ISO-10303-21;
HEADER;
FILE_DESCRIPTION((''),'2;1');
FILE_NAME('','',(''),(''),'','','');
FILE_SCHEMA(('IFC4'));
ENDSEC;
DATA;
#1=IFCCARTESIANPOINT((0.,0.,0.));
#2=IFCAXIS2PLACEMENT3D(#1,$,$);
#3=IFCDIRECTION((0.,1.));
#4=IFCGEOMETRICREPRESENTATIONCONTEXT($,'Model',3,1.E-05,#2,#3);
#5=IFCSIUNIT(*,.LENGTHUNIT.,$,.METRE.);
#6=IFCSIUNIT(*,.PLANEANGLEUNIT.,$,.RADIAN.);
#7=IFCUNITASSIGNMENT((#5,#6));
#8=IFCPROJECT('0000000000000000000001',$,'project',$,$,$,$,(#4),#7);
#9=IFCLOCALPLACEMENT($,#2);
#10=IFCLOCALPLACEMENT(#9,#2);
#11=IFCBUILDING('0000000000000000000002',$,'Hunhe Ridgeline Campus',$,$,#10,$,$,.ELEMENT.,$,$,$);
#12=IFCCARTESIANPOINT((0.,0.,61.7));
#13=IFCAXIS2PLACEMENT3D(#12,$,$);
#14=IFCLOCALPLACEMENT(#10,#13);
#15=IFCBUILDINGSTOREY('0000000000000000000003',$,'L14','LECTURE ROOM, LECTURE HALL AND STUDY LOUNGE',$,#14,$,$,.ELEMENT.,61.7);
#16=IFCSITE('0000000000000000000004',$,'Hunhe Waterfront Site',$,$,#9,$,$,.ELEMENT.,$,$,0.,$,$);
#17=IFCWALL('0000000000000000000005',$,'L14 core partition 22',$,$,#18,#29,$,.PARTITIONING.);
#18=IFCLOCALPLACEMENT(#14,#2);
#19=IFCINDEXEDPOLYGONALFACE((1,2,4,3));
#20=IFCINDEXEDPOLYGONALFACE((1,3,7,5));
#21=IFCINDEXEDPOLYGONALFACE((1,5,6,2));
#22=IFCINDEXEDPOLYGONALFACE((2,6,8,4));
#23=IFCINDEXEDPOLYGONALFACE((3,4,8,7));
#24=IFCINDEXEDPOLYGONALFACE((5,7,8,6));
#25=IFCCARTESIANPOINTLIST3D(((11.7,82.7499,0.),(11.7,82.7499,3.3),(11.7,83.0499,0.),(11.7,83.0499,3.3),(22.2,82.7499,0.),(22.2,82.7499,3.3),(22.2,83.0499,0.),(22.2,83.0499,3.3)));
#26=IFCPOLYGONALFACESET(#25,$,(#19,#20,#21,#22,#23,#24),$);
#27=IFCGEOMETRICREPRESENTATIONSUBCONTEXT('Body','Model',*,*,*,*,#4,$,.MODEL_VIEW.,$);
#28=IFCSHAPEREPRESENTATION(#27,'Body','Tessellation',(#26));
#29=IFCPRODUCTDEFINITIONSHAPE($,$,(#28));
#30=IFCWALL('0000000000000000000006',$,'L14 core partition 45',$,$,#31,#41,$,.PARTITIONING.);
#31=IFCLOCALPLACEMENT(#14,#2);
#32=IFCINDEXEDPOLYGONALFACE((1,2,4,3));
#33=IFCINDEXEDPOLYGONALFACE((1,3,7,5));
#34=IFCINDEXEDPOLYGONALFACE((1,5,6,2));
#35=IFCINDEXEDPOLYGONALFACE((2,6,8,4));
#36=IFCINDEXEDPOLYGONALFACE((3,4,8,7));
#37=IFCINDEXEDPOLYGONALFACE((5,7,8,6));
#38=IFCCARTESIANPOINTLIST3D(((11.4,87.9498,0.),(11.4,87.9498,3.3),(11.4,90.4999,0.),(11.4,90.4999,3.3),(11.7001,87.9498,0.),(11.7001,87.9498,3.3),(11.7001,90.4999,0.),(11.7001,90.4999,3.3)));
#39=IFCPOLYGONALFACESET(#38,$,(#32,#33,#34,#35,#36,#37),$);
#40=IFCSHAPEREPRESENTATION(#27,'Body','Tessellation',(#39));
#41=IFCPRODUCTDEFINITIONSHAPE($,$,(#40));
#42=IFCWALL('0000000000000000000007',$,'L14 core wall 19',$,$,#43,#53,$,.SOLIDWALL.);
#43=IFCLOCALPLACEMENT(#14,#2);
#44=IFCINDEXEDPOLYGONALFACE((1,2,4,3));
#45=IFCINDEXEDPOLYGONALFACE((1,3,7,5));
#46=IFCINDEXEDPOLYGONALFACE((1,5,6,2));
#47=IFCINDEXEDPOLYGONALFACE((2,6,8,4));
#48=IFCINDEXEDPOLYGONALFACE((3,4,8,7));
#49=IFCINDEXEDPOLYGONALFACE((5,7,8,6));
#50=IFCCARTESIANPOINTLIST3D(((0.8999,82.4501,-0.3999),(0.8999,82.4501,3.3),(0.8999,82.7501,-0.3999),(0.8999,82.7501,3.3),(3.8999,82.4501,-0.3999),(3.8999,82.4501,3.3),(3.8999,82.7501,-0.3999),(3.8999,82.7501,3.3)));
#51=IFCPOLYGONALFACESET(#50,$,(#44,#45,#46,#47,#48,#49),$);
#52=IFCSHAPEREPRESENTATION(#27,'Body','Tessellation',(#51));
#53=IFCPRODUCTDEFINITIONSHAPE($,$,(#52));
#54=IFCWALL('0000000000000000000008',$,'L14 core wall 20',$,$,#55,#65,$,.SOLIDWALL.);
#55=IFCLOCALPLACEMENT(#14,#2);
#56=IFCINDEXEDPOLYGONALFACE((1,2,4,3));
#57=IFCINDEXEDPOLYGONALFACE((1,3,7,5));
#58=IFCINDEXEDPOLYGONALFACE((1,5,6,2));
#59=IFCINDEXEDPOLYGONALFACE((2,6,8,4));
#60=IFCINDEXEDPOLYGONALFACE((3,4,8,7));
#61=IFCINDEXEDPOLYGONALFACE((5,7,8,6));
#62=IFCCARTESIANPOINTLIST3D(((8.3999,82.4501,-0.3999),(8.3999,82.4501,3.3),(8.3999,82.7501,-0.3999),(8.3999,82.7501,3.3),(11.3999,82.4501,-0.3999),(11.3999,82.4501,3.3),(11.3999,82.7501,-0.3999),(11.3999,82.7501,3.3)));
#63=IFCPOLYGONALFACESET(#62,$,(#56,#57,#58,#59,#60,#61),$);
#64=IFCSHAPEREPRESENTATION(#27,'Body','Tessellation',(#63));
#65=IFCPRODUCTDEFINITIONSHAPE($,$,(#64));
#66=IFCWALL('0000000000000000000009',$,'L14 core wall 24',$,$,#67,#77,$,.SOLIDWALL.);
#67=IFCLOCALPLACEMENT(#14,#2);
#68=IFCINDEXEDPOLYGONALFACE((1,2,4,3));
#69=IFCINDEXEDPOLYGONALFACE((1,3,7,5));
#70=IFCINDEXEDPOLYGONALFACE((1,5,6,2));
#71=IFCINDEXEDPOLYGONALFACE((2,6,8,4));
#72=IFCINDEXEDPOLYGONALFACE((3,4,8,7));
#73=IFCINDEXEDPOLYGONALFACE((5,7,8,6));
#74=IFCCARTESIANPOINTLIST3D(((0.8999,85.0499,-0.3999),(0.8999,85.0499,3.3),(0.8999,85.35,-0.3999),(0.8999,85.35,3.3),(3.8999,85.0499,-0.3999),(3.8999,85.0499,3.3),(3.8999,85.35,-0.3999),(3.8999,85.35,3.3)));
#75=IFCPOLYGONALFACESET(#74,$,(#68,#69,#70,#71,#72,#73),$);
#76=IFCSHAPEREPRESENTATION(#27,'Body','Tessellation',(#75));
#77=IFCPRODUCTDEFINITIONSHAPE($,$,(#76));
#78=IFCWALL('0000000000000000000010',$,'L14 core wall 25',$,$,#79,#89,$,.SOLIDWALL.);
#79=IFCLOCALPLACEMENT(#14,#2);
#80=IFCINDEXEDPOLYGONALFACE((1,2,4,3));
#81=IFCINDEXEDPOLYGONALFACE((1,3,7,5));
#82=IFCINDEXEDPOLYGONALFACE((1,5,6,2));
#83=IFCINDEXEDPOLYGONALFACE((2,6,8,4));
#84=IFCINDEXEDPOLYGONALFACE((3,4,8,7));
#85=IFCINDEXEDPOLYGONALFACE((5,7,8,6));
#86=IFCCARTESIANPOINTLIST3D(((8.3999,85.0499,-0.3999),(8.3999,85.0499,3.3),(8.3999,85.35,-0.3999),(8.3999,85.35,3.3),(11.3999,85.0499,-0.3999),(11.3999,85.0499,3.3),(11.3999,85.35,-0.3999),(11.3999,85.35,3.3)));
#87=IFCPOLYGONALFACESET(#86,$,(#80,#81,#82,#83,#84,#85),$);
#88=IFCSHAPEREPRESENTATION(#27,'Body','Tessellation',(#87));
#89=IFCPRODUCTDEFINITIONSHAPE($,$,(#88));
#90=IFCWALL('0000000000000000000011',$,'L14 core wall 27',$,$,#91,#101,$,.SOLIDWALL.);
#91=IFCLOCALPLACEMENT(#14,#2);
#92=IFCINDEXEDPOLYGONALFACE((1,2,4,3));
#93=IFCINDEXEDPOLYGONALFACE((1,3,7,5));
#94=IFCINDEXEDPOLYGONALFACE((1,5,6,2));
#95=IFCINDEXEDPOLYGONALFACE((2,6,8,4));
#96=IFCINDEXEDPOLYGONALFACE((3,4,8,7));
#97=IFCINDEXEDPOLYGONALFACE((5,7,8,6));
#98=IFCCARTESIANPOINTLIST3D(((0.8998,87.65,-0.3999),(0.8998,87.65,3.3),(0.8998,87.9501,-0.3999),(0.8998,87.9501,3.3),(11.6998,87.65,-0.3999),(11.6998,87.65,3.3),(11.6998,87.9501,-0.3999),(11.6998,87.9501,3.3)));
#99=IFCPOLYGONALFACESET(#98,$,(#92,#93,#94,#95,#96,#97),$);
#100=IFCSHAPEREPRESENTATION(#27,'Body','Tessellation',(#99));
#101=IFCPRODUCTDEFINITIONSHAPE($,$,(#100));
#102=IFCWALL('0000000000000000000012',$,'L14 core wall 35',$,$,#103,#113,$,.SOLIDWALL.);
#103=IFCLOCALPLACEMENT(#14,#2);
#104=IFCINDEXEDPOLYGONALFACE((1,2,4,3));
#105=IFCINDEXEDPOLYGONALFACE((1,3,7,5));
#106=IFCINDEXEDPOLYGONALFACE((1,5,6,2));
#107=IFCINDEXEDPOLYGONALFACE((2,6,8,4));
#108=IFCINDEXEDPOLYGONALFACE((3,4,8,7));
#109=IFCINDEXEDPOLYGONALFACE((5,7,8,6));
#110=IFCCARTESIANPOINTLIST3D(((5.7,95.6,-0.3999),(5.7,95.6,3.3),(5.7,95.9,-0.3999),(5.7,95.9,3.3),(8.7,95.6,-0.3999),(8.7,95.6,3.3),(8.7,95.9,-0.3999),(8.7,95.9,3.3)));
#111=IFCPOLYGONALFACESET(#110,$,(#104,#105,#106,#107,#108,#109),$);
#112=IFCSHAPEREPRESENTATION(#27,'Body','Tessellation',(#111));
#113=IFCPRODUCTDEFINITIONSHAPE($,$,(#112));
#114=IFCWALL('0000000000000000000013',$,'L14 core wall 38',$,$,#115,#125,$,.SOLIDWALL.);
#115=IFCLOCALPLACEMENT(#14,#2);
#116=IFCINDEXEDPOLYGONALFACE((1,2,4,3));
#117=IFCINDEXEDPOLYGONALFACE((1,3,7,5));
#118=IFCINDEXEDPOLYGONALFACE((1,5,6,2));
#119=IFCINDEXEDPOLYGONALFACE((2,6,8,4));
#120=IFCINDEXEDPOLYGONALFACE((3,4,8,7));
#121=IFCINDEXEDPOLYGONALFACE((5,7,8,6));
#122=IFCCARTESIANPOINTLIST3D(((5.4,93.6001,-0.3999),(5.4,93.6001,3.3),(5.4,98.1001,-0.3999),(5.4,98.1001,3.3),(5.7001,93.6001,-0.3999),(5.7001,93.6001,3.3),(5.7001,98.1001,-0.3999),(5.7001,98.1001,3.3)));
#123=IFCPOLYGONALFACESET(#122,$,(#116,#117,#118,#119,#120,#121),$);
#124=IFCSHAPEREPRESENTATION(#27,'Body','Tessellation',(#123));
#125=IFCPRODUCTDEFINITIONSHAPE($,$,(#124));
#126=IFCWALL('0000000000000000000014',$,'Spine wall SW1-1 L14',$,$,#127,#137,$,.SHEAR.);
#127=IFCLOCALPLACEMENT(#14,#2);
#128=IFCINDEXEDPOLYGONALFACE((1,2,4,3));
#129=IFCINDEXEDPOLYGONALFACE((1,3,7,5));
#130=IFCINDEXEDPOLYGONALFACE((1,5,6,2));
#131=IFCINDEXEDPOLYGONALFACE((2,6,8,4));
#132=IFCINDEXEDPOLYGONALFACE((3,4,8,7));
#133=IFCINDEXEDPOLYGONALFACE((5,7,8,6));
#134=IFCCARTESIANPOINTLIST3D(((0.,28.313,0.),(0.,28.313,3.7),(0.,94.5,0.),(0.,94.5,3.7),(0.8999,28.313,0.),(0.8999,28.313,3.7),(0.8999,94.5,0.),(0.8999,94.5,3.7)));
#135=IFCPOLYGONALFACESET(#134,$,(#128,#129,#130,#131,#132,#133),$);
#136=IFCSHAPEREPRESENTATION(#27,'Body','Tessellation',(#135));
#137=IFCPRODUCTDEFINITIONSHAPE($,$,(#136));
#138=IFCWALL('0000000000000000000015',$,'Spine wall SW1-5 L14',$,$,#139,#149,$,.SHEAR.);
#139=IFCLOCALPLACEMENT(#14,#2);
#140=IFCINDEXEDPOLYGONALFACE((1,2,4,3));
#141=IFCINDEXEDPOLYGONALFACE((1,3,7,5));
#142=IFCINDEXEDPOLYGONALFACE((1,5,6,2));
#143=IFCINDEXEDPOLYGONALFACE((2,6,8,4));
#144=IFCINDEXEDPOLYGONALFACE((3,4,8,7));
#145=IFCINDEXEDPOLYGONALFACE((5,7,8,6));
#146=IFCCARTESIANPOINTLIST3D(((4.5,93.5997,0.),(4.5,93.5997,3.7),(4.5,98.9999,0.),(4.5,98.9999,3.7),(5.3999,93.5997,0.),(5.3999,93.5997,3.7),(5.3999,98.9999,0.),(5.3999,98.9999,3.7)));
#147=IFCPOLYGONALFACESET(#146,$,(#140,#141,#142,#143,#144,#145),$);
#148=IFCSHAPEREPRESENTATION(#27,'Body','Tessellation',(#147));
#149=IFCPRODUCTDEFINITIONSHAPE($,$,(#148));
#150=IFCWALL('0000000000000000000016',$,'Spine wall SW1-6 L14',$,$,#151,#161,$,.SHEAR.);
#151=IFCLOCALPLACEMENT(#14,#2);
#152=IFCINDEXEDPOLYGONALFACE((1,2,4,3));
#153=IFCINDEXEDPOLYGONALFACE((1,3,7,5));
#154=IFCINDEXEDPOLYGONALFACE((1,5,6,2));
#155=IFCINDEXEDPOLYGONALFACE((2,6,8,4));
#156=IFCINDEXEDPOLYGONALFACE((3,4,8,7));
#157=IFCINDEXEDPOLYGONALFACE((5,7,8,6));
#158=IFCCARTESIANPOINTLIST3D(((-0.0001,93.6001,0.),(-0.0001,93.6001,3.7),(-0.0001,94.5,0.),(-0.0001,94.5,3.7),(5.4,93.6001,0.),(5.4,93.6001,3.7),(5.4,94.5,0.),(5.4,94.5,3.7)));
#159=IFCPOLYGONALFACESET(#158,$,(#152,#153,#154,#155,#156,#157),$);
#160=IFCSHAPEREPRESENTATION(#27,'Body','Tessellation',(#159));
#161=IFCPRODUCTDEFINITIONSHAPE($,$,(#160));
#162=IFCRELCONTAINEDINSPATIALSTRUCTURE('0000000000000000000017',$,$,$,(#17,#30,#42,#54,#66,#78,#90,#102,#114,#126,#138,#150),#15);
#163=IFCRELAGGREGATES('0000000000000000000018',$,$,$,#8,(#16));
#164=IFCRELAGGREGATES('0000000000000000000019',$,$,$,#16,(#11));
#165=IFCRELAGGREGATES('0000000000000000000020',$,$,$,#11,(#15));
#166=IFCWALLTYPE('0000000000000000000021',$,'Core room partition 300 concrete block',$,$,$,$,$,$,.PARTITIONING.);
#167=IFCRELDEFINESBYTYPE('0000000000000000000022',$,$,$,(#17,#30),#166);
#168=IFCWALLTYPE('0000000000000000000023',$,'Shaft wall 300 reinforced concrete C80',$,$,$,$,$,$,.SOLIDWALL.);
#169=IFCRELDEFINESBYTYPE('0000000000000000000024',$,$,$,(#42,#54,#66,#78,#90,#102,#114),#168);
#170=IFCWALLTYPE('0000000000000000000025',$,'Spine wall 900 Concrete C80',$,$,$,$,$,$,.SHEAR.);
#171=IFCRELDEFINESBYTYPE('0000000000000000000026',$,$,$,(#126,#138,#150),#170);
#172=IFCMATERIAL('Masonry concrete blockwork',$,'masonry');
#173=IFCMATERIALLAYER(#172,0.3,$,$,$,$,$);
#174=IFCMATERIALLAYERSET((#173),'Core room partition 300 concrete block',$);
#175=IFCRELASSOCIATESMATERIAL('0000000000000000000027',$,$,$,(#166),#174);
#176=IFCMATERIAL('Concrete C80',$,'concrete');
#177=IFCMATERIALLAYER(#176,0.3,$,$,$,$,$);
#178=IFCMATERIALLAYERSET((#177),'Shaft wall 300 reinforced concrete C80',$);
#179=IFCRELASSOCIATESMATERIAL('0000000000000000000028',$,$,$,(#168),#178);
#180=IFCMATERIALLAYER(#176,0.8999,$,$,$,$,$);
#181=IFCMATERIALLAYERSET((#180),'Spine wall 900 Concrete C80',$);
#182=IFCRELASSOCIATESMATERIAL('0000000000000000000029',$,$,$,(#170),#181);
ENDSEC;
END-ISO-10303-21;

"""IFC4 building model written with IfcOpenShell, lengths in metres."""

from ifc_helpers import new_model, si_unit, direction, frame, frame_2d, origin, place, context, subcontext, project, spatial, rectangle, extrude, material, layer, layer_set, type_object, element, save


model = new_model("IFC4")

# Units and contexts
model_context = context("Model", 3, precision=1e-05, world=origin(), true_north=direction((0.0, 1.0)))
body_context = subcontext(model_context, "Body", "Model", "MODEL_VIEW")
ifc_project = project(units=[si_unit("LENGTHUNIT", "METRE"), si_unit("PLANEANGLEUNIT", "RADIAN")], contexts=[model_context])

# Site, building, storey
site_placement = place(None, origin())
site = spatial("IfcSite", under=ifc_project, at=site_placement, Name="Hunhe Waterfront Site", CompositionType="ELEMENT", RefElevation=0.0)
building_placement = place(site_placement, origin())
building = spatial("IfcBuilding", under=site, at=building_placement, Name="Hunhe Ridgeline Campus", CompositionType="ELEMENT")
storey_placement = place(building_placement, frame((0.0, 0.0, 61.7)))
storey = spatial("IfcBuildingStorey", under=building, at=storey_placement, Name="L14", Description="LECTURE ROOM, LECTURE HALL AND STUDY LOUNGE", CompositionType="ELEMENT", Elevation=61.7)

# Walls
ifc_material_1 = material(Name="Masonry concrete blockwork", Category="masonry")
ifc_layer_1 = layer(ifc_material_1, 0.3)
ifc_layer_set_1 = layer_set([ifc_layer_1], Name="Core room partition 300 concrete block")
wall_type_1 = type_object("IfcWallType", Name="Core room partition 300 concrete block", PredefinedType="PARTITIONING", material=ifc_layer_set_1)
wall_1_placement = place(storey_placement, frame((11.7, 82.8999, 0.0), z_axis=(0.0, 0.0, 1.0), x_axis=(1.0, 0.0, 0.0)))
element("IfcWall", 1, at=wall_1_placement, inside=storey, type_object=wall_type_1, Name="L14 core partition 22", PredefinedType="PARTITIONING", context=body_context, shape_type="SweptSolid", body=[
    extrude(rectangle(XDim=10.5, YDim=0.3, at=frame_2d((5.25, 0.0))), origin(), (0.0, 0.0, 1.0), 3.3),
])
wall_2_placement = place(storey_placement, frame((11.55, 87.95, 0.0), z_axis=(0.0, 0.0, 1.0), x_axis=(0.0, 1.0, 0.0)))
element("IfcWall", 2, at=wall_2_placement, inside=storey, type_object=wall_type_1, Name="L14 core partition 45", PredefinedType="PARTITIONING", context=body_context, shape_type="SweptSolid", body=[
    extrude(rectangle(XDim=2.55, YDim=0.3, at=frame_2d((1.2749, 0.0))), origin(), (0.0, 0.0, 1.0), 3.3),
])

# Shared definitions
ifc_material_2 = material(Name="Concrete C80", Category="concrete")

# Walls
ifc_layer_2 = layer(ifc_material_2, 0.3)
ifc_layer_set_2 = layer_set([ifc_layer_2], Name="Shaft wall 300 reinforced concrete C80")
wall_type_2 = type_object("IfcWallType", Name="Shaft wall 300 reinforced concrete C80", PredefinedType="SOLIDWALL", material=ifc_layer_set_2)
for number, where, z_axis, x_axis, name in (
    (3, (0.8999, 82.6001, -0.3999), (0.0, 0.0, 1.0), (1.0, 0.0, 0.0), "L14 core wall 19"),
    (4, (8.3999, 82.6001, -0.3999), (0.0, 0.0, 1.0), (1.0, 0.0, 0.0), "L14 core wall 20"),
    (5, (0.8999, 85.2, -0.3999), (0.0, 0.0, 1.0), (1.0, 0.0, 0.0), "L14 core wall 24"),
    (6, (8.3999, 85.2, -0.3999), (0.0, 0.0, 1.0), (1.0, 0.0, 0.0), "L14 core wall 25"),
):
    element("IfcWall", number, at=place(storey_placement, frame(where, z_axis=z_axis, x_axis=x_axis)), inside=storey, type_object=wall_type_2, Name=name, PredefinedType="SOLIDWALL", context=body_context, shape_type="SweptSolid", body=[
        extrude(rectangle(XDim=3.0, YDim=0.3, at=frame_2d((1.5, 0.0))), origin(), (0.0, 0.0, 1.0), 3.7),
    ])
wall_3_placement = place(storey_placement, frame((0.8999, 87.8, -0.3999), z_axis=(0.0, 0.0, 1.0), x_axis=(1.0, 0.0, 0.0)))
element("IfcWall", 7, at=wall_3_placement, inside=storey, type_object=wall_type_2, Name="L14 core wall 27", PredefinedType="SOLIDWALL", context=body_context, shape_type="SweptSolid", body=[
    extrude(rectangle(XDim=10.8, YDim=0.3, at=frame_2d((5.3999, 0.0))), origin(), (0.0, 0.0, 1.0), 3.7),
])

# Walls
wall_4_placement = place(storey_placement, frame((5.7, 95.75, -0.3999), z_axis=(0.0, 0.0, 1.0), x_axis=(1.0, 0.0, 0.0)))
element("IfcWall", 8, at=wall_4_placement, inside=storey, type_object=wall_type_2, Name="L14 core wall 35", PredefinedType="SOLIDWALL", context=body_context, shape_type="SweptSolid", body=[
    extrude(rectangle(XDim=3.0, YDim=0.3, at=frame_2d((1.5, 0.0))), origin(), (0.0, 0.0, 1.0), 3.7),
])
wall_5_placement = place(storey_placement, frame((5.55, 93.6001, -0.3999), z_axis=(0.0, 0.0, 1.0), x_axis=(0.0, 1.0, 0.0)))
element("IfcWall", 9, at=wall_5_placement, inside=storey, type_object=wall_type_2, Name="L14 core wall 38", PredefinedType="SOLIDWALL", context=body_context, shape_type="SweptSolid", body=[
    extrude(rectangle(XDim=4.5, YDim=0.3, at=frame_2d((2.25, 0.0))), origin(), (0.0, 0.0, 1.0), 3.7),
])

# Walls
ifc_layer_3 = layer(ifc_material_2, 0.8999)
ifc_layer_set_3 = layer_set([ifc_layer_3], Name="Spine wall 900 Concrete C80")
wall_type_3 = type_object("IfcWallType", Name="Spine wall 900 Concrete C80", PredefinedType="SHEAR", material=ifc_layer_set_3)
wall_6_placement = place(storey_placement, frame((0.45, 94.5, 0.0), z_axis=(0.0, 0.0, 1.0), x_axis=(0.0, -1.0, 0.0)))
element("IfcWall", 10, at=wall_6_placement, inside=storey, type_object=wall_type_3, Name="Spine wall SW1-1 L14", PredefinedType="SHEAR", context=body_context, shape_type="SweptSolid", body=[
    extrude(rectangle(XDim=66.187, YDim=0.8999, at=frame_2d((33.0935, 0.0))), origin(), (0.0, 0.0, 1.0), 3.7),
])
for number, where, z_axis, x_axis, name in (
    (11, (4.95, 99.0, 0.0), (0.0, 0.0, 1.0), (0.0, -1.0, 0.0), "Spine wall SW1-5 L14"),
    (12, (5.4001, 94.05, 0.0), (0.0, 0.0, 1.0), (-1.0, 0.0, 0.0), "Spine wall SW1-6 L14"),
):
    element("IfcWall", number, at=place(storey_placement, frame(where, z_axis=z_axis, x_axis=x_axis)), inside=storey, type_object=wall_type_3, Name=name, PredefinedType="SHEAR", context=body_context, shape_type="SweptSolid", body=[
        extrude(rectangle(XDim=5.4001, YDim=0.8999, at=frame_2d((2.7002, 0.0))), origin(), (0.0, 0.0, 1.0), 3.7),
    ])

save(model, "model.ifc")
